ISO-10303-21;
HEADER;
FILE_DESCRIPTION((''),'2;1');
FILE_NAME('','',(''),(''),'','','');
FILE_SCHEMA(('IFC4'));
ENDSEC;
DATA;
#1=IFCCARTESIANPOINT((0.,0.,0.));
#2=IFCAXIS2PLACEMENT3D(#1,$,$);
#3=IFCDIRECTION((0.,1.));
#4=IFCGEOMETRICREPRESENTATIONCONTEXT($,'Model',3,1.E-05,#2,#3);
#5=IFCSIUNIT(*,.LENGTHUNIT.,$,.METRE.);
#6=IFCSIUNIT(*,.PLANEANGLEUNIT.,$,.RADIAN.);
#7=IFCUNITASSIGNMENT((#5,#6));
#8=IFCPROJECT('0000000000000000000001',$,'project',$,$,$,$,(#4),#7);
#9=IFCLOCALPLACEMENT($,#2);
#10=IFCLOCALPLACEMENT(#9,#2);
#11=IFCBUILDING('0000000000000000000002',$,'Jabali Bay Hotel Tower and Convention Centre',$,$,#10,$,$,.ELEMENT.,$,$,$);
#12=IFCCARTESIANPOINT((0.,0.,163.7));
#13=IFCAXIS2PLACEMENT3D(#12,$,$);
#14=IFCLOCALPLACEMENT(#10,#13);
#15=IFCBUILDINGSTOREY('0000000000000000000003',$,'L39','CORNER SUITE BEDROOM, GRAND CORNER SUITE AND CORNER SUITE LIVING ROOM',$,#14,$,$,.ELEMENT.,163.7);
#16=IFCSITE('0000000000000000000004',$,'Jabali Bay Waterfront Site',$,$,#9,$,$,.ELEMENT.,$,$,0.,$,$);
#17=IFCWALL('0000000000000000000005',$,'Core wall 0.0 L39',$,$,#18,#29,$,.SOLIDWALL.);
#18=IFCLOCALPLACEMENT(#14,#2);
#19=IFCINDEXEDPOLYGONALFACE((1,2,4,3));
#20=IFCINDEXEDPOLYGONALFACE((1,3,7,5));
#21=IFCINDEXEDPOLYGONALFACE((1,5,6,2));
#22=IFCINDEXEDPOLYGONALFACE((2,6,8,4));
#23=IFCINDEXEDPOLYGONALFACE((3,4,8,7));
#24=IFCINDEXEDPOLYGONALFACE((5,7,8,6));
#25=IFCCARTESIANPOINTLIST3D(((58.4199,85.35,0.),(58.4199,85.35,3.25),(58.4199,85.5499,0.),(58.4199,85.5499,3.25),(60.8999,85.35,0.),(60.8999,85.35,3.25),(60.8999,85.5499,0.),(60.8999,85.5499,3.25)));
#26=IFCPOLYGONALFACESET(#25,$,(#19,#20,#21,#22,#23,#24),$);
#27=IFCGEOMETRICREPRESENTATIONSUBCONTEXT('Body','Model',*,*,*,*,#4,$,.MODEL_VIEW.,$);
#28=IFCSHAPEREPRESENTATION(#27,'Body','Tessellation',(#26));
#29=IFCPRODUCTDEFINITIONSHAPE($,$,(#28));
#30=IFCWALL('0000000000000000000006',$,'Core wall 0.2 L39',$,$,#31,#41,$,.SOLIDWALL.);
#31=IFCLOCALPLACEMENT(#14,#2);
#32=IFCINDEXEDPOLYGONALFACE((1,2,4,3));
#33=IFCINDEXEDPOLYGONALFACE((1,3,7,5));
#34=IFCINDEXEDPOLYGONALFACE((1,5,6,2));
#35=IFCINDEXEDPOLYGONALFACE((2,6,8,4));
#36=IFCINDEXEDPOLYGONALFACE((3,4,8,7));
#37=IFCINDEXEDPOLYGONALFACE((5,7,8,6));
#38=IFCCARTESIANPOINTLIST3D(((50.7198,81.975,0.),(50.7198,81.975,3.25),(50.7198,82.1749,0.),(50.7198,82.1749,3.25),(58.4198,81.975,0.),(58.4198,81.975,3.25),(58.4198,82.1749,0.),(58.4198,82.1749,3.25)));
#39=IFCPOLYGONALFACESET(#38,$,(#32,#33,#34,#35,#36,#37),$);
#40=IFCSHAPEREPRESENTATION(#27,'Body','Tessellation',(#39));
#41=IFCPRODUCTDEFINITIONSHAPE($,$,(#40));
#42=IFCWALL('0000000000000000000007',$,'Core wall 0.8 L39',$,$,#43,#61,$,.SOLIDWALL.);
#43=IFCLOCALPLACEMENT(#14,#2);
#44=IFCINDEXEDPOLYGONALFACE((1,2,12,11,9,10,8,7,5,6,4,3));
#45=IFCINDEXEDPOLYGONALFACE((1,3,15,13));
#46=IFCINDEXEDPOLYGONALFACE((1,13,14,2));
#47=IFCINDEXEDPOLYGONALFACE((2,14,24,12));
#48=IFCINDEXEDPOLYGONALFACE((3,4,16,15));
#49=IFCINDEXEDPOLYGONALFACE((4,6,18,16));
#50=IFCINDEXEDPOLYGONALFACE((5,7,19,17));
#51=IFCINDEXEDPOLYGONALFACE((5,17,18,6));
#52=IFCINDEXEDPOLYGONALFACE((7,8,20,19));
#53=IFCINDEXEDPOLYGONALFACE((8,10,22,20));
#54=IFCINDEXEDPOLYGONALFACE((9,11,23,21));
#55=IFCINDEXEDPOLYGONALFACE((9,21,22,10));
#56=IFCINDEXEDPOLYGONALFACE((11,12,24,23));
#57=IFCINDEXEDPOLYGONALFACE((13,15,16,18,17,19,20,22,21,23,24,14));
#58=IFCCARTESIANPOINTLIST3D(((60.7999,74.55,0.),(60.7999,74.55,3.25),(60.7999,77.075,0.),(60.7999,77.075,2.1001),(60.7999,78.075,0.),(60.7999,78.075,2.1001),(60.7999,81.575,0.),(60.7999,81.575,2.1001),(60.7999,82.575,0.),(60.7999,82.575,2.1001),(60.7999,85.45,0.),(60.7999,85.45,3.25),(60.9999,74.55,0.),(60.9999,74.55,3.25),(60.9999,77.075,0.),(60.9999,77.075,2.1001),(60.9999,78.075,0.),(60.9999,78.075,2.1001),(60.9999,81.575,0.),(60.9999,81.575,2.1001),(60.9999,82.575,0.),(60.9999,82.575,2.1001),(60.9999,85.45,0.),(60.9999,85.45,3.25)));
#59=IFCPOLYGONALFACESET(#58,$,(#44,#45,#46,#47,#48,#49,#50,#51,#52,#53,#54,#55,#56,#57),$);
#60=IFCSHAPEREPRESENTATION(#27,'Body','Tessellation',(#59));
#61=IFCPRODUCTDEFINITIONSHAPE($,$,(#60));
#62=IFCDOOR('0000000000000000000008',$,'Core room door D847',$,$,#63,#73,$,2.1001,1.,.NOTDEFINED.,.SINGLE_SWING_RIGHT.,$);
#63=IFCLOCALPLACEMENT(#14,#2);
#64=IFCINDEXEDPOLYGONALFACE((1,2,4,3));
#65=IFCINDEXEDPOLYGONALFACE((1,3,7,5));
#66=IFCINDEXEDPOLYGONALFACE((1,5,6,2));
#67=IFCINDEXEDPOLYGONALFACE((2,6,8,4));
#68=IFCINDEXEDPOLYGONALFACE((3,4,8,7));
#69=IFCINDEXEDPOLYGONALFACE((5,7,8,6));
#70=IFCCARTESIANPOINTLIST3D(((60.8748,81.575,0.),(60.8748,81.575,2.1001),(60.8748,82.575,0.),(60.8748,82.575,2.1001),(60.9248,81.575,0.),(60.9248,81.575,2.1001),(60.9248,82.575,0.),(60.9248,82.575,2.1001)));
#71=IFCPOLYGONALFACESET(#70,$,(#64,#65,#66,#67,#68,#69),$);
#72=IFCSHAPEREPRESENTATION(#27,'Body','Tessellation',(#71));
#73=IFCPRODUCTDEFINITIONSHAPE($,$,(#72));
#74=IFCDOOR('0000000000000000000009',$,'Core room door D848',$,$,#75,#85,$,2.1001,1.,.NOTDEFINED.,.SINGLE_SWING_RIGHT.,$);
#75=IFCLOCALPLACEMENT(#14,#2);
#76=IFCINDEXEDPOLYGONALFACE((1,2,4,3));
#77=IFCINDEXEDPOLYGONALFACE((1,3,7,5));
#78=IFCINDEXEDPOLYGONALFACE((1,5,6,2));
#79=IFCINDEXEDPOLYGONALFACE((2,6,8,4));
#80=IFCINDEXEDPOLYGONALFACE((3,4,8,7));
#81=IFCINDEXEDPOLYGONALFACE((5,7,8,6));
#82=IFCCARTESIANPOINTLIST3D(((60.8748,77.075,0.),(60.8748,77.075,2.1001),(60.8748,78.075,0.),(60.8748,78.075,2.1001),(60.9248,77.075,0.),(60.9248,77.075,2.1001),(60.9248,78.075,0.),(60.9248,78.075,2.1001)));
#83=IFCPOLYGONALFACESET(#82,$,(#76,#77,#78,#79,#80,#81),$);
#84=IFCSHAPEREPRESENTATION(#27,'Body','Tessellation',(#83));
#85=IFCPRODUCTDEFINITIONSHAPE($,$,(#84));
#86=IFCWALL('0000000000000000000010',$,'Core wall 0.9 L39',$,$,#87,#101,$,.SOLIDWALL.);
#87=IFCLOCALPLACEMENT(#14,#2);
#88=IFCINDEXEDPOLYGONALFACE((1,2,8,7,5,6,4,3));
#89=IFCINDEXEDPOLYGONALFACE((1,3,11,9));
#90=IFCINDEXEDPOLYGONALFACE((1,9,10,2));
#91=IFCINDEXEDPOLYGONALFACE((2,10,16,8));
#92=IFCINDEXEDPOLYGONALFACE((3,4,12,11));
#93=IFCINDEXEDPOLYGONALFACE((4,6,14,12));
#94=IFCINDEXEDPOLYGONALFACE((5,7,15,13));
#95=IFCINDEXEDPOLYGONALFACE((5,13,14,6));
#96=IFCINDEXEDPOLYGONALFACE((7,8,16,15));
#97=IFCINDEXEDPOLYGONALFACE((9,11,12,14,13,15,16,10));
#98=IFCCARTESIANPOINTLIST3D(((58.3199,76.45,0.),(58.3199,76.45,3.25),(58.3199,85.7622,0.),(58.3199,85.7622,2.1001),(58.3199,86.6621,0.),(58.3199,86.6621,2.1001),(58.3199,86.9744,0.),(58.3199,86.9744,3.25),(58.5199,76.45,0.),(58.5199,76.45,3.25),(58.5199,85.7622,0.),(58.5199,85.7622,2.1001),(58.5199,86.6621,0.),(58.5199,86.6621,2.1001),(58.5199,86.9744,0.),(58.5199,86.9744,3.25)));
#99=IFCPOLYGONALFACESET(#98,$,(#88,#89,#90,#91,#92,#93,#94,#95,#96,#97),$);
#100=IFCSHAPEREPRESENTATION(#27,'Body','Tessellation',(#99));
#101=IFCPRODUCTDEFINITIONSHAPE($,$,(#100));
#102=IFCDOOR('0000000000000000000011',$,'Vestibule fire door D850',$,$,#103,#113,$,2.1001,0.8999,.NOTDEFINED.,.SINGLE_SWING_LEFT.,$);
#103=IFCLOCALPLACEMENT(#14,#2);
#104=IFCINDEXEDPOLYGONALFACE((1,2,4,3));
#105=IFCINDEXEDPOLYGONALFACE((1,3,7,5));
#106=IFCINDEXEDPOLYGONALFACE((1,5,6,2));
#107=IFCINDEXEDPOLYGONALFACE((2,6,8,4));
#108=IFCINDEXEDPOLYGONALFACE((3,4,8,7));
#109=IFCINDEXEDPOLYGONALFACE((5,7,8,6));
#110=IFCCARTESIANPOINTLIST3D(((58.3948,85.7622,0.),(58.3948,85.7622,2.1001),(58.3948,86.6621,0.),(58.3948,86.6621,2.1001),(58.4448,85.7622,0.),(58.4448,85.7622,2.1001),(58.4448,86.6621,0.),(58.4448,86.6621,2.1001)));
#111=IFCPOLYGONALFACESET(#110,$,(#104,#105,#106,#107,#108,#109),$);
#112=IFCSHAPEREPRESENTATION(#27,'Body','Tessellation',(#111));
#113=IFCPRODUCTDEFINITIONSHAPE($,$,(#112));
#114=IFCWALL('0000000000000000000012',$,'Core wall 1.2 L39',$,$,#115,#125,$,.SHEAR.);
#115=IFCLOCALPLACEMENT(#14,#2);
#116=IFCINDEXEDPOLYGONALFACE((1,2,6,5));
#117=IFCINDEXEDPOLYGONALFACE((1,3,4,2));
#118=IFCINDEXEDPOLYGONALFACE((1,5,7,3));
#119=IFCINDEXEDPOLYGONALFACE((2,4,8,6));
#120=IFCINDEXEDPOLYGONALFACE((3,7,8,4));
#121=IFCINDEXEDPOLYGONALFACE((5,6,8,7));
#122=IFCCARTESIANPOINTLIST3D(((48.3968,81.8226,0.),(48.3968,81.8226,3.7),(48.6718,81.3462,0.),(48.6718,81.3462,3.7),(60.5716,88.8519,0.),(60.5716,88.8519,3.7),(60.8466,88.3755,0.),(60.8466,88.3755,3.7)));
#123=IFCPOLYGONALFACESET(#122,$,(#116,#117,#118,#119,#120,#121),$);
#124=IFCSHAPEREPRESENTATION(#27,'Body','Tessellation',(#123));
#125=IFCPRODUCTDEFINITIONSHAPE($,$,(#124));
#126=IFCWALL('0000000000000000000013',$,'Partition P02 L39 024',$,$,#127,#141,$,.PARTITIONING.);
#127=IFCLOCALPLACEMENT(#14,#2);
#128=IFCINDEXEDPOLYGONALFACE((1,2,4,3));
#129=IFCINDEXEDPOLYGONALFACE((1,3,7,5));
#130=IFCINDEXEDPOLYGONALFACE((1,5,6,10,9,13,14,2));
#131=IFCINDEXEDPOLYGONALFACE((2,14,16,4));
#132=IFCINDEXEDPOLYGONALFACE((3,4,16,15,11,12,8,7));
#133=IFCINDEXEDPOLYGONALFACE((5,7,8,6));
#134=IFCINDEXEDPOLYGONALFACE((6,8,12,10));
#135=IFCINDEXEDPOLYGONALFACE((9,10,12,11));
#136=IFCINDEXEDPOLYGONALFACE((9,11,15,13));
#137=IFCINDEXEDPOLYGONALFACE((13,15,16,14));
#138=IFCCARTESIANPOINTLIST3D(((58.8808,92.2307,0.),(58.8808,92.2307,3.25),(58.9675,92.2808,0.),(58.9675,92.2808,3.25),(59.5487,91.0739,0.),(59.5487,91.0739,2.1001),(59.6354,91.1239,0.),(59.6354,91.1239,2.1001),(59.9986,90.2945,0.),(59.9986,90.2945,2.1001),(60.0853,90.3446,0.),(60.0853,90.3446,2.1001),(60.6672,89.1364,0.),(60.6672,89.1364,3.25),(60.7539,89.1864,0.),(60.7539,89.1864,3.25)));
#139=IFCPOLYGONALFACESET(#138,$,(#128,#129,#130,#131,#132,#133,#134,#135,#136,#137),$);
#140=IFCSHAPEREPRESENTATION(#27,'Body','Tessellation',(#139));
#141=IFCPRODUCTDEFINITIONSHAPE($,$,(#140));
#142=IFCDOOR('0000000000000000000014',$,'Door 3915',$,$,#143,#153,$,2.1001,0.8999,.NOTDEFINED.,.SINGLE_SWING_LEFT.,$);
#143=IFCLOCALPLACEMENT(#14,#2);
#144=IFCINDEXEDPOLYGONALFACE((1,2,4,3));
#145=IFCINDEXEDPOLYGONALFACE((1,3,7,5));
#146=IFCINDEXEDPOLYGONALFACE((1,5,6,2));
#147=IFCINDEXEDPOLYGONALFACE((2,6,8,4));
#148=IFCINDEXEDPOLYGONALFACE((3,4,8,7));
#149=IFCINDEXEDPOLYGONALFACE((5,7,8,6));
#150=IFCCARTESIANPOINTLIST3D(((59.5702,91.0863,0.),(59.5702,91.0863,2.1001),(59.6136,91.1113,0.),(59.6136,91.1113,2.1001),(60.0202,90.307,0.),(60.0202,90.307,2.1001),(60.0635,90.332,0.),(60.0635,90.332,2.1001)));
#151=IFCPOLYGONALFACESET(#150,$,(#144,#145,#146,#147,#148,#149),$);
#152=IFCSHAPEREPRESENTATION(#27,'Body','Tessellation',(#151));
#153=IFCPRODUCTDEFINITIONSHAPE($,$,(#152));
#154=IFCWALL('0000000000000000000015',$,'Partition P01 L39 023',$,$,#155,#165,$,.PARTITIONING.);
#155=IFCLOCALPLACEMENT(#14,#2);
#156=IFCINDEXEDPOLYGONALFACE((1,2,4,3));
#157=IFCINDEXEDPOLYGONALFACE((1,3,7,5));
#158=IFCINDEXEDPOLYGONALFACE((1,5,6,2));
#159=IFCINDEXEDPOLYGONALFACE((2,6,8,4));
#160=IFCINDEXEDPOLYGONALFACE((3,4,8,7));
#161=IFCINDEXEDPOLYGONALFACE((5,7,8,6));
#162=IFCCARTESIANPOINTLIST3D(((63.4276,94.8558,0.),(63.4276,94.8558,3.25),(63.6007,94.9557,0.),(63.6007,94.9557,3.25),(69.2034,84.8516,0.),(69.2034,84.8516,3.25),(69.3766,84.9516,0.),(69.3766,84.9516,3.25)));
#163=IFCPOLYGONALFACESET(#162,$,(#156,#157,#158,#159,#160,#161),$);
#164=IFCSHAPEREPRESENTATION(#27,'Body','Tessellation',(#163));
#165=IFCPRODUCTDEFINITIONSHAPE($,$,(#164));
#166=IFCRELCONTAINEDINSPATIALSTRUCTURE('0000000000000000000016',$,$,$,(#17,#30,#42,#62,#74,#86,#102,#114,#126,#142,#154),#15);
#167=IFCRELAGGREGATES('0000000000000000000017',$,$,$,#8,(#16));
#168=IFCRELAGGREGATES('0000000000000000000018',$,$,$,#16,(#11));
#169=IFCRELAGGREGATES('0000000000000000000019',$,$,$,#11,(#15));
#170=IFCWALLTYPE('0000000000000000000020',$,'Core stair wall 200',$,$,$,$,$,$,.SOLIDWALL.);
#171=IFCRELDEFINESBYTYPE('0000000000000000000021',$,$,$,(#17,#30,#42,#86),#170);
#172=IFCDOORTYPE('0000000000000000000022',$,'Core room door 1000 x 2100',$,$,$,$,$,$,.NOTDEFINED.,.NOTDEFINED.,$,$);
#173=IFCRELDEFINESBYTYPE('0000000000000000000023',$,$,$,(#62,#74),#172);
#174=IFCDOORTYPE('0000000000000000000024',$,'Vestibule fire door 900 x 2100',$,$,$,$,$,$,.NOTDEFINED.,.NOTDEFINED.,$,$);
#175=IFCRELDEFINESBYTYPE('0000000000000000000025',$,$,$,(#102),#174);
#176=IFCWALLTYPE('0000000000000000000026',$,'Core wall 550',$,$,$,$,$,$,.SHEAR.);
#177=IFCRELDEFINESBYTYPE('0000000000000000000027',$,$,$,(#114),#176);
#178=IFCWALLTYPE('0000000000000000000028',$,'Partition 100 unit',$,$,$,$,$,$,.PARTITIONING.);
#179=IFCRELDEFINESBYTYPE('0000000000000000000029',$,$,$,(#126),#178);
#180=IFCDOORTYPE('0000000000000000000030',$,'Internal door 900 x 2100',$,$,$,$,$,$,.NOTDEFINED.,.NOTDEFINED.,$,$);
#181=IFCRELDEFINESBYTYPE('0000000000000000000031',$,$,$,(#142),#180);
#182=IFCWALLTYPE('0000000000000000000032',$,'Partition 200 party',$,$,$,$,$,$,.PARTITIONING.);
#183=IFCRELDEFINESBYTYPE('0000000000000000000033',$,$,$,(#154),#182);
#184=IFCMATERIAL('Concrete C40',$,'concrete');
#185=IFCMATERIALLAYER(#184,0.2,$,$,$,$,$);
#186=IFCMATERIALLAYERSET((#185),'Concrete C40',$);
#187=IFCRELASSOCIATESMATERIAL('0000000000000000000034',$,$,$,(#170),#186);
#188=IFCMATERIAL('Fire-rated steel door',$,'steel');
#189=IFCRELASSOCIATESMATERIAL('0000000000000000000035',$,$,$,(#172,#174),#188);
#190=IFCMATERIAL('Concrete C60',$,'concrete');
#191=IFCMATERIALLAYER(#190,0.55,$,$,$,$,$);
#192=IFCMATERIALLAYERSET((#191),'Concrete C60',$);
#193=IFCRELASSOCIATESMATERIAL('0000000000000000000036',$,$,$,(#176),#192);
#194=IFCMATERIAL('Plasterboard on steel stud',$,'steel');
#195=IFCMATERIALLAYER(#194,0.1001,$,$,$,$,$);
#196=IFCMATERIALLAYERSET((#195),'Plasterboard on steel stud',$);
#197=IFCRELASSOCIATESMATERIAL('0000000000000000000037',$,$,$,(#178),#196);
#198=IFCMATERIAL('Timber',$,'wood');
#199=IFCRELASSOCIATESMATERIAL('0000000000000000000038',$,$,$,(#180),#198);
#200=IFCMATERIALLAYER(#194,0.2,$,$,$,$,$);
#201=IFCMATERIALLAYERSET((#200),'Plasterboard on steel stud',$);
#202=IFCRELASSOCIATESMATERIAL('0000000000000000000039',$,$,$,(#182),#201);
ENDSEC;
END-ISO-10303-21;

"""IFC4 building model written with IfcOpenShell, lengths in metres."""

from ifc_helpers import new_model, si_unit, direction, frame, frame_2d, origin, place, context, subcontext, project, spatial, rectangle, extrude, material, layer, layer_set, type_object, element, fill, save


model = new_model("IFC4")

# Units and contexts
model_context = context("Model", 3, precision=1e-05, world=origin(), true_north=direction((0.0, 1.0)))
body_context = subcontext(model_context, "Body", "Model", "MODEL_VIEW")
ifc_project = project(units=[si_unit("LENGTHUNIT", "METRE"), si_unit("PLANEANGLEUNIT", "RADIAN")], contexts=[model_context])

# Site, building, storey
site_placement = place(None, origin())
site = spatial("IfcSite", under=ifc_project, at=site_placement, Name="Jabali Bay Waterfront Site", CompositionType="ELEMENT", RefElevation=0.0)
building_placement = place(site_placement, origin())
building = spatial("IfcBuilding", under=site, at=building_placement, Name="Jabali Bay Hotel Tower and Convention Centre", CompositionType="ELEMENT")
storey_placement = place(building_placement, frame((0.0, 0.0, 163.7)))
storey = spatial("IfcBuildingStorey", under=building, at=storey_placement, Name="L39", Description="CORNER SUITE BEDROOM, GRAND CORNER SUITE AND CORNER SUITE LIVING ROOM", CompositionType="ELEMENT", Elevation=163.7)

# Walls
ifc_material_1 = material(Name="Concrete C40", Category="concrete")
ifc_layer_1 = layer(ifc_material_1, 0.2)
ifc_layer_set_1 = layer_set([ifc_layer_1], Name="Concrete C40")
wall_type_1 = type_object("IfcWallType", Name="Core stair wall 200", PredefinedType="SOLIDWALL", material=ifc_layer_set_1)
wall_1_placement = place(storey_placement, frame((60.8999, 85.45, 0.0), z_axis=(0.0, 0.0, 1.0), x_axis=(-1.0, 0.0, 0.0)))
element("IfcWall", 1, at=wall_1_placement, inside=storey, type_object=wall_type_1, Name="Core wall 0.0 L39", PredefinedType="SOLIDWALL", context=body_context, shape_type="SweptSolid", body=[
    extrude(rectangle(XDim=2.48, YDim=0.2, at=frame_2d((1.24, 0.0))), origin(), (0.0, 0.0, 1.0), 3.25),
])
wall_2_placement = place(storey_placement, frame((58.4199, 82.075, 0.0), z_axis=(0.0, 0.0, 1.0), x_axis=(-1.0, 0.0, 0.0)))
element("IfcWall", 2, at=wall_2_placement, inside=storey, type_object=wall_type_1, Name="Core wall 0.2 L39", PredefinedType="SOLIDWALL", context=body_context, shape_type="SweptSolid", body=[
    extrude(rectangle(XDim=7.7, YDim=0.2, at=frame_2d((3.8501, 0.0))), origin(), (0.0, 0.0, 1.0), 3.25),
])

# Wall, openings, doors
wall_3_placement = place(storey_placement, frame((60.8999, 85.45, 0.0), z_axis=(0.0, 0.0, 1.0), x_axis=(0.0, -1.0, 0.0)))
wall_3 = element("IfcWall", 3, at=wall_3_placement, inside=storey, type_object=wall_type_1, Name="Core wall 0.8 L39", PredefinedType="SOLIDWALL", context=body_context, shape_type="SweptSolid", body=[
    extrude(rectangle(XDim=10.8999, YDim=0.2, at=frame_2d((5.45, 0.0))), origin(), (0.0, 0.0, 1.0), 3.25),
])
opening_1_placement = place(wall_3_placement, frame((2.875, 0.0, 0.0)))
opening_1 = element("IfcOpeningElement", 4, at=opening_1_placement, cuts=wall_3, PredefinedType="OPENING", context=body_context, shape_type="SweptSolid", body=[
    extrude(rectangle(XDim=1.0, YDim=2.1001, at=frame_2d((0.5, 1.05))), frame((0.0, 0.1104, 0.0), z_axis=(0.0, -1.0, 0.0), x_axis=(1.0, 0.0, 0.0)), (0.0, 0.0, 1.0), 0.2209),
])
opening_2_placement = place(wall_3_placement, frame((7.375, 0.0, 0.0)))
opening_2 = element("IfcOpeningElement", 5, at=opening_2_placement, cuts=wall_3, PredefinedType="OPENING", context=body_context, shape_type="SweptSolid", body=[
    extrude(rectangle(XDim=1.0, YDim=2.1001, at=frame_2d((0.5, 1.05))), frame((0.0, 0.1104, 0.0), z_axis=(0.0, -1.0, 0.0), x_axis=(1.0, 0.0, 0.0)), (0.0, 0.0, 1.0), 0.2209),
])
ifc_material_2 = material(Name="Fire-rated steel door", Category="steel")
door_type_1 = type_object("IfcDoorType", Name="Core room door 1000 x 2100", OperationType="NOTDEFINED", PredefinedType="NOTDEFINED", material=ifc_material_2)
door_1_placement = place(opening_1_placement, origin())
door_1 = element("IfcDoor", 6, at=door_1_placement, inside=storey, type_object=door_type_1, Name="Core room door D847", OperationType="SINGLE_SWING_RIGHT", OverallHeight=2.1001, OverallWidth=1.0, PredefinedType="NOTDEFINED", context=body_context, shape_type="SweptSolid", body=[
    extrude(rectangle(XDim=1.0, YDim=2.1001, at=frame_2d((0.5, 1.05))), frame((0.0, 0.0249, 0.0), z_axis=(0.0, -1.0, 0.0), x_axis=(1.0, 0.0, 0.0)), (0.0, 0.0, 1.0), 0.05),
])
fill(opening_1, door_1)
door_2_placement = place(opening_2_placement, origin())
door_2 = element("IfcDoor", 7, at=door_2_placement, inside=storey, type_object=door_type_1, Name="Core room door D848", OperationType="SINGLE_SWING_RIGHT", OverallHeight=2.1001, OverallWidth=1.0, PredefinedType="NOTDEFINED", context=body_context, shape_type="SweptSolid", body=[
    extrude(rectangle(XDim=1.0, YDim=2.1001, at=frame_2d((0.5, 1.05))), frame((0.0, 0.0249, 0.0), z_axis=(0.0, -1.0, 0.0), x_axis=(1.0, 0.0, 0.0)), (0.0, 0.0, 1.0), 0.05),
])
fill(opening_2, door_2)

# Wall, opening, door
wall_4_placement = place(storey_placement, frame((58.4199, 86.9744, 0.0), z_axis=(0.0, 0.0, 1.0), x_axis=(0.0, -1.0, 0.0)))
wall_4 = element("IfcWall", 8, at=wall_4_placement, inside=storey, type_object=wall_type_1, Name="Core wall 0.9 L39", PredefinedType="SOLIDWALL", context=body_context, shape_type="SweptSolid", body=[
    extrude(rectangle(XDim=10.5244, YDim=0.2, at=frame_2d((5.2622, 0.0))), origin(), (0.0, 0.0, 1.0), 3.25),
])
opening_3_placement = place(wall_4_placement, frame((0.3123, 0.0, 0.0)))
opening_3 = element("IfcOpeningElement", 9, at=opening_3_placement, cuts=wall_4, PredefinedType="OPENING", context=body_context, shape_type="SweptSolid", body=[
    extrude(rectangle(XDim=0.8999, YDim=2.1001, at=frame_2d((0.45, 1.05))), frame((0.0, 0.1104, 0.0), z_axis=(0.0, -1.0, 0.0), x_axis=(1.0, 0.0, 0.0)), (0.0, 0.0, 1.0), 0.2209),
])
door_type_2 = type_object("IfcDoorType", Name="Vestibule fire door 900 x 2100", OperationType="NOTDEFINED", PredefinedType="NOTDEFINED", material=ifc_material_2)
door_3_placement = place(opening_3_placement, origin())
door_3 = element("IfcDoor", 10, at=door_3_placement, inside=storey, type_object=door_type_2, Name="Vestibule fire door D850", OperationType="SINGLE_SWING_LEFT", OverallHeight=2.1001, OverallWidth=0.8999, PredefinedType="NOTDEFINED", context=body_context, shape_type="SweptSolid", body=[
    extrude(rectangle(XDim=0.8999, YDim=2.1001, at=frame_2d((0.45, 1.05))), frame((0.0, 0.0249, 0.0), z_axis=(0.0, -1.0, 0.0), x_axis=(1.0, 0.0, 0.0)), (0.0, 0.0, 1.0), 0.05),
])
fill(opening_3, door_3)

# Wall
ifc_material_3 = material(Name="Concrete C60", Category="concrete")
ifc_layer_2 = layer(ifc_material_3, 0.55)
ifc_layer_set_2 = layer_set([ifc_layer_2], Name="Concrete C60")
wall_type_2 = type_object("IfcWallType", Name="Core wall 550", PredefinedType="SHEAR", material=ifc_layer_set_2)
wall_5_placement = place(storey_placement, frame((60.7092, 88.6138, 0.0), z_axis=(0.0, 0.0, 1.0), x_axis=(-0.86602, -0.500009, 0.0)))
element("IfcWall", 11, at=wall_5_placement, inside=storey, type_object=wall_type_2, Name="Core wall 1.2 L39", PredefinedType="SHEAR", context=body_context, shape_type="SweptSolid", body=[
    extrude(rectangle(XDim=14.0583, YDim=0.55, at=frame_2d((7.0293, 0.0))), origin(), (0.0, 0.0, 1.0), 3.7),
])

# Wall, opening, door
ifc_material_4 = material(Name="Plasterboard on steel stud", Category="steel")
ifc_layer_3 = layer(ifc_material_4, 0.1001)
ifc_layer_set_3 = layer_set([ifc_layer_3], Name="Plasterboard on steel stud")
wall_type_3 = type_object("IfcWallType", Name="Partition 100 unit", PredefinedType="PARTITIONING", material=ifc_layer_set_3)
wall_6_placement = place(storey_placement, frame((58.9241, 92.2559, 0.0), z_axis=(0.0, 0.0, 1.0), x_axis=(0.499983, -0.866035, 0.0)))
wall_6 = element("IfcWall", 12, at=wall_6_placement, inside=storey, type_object=wall_type_3, Name="Partition P02 L39 024", PredefinedType="PARTITIONING", context=body_context, shape_type="SweptSolid", body=[
    extrude(rectangle(XDim=3.573, YDim=0.1001, at=frame_2d((1.7866, 0.0))), origin(), (0.0, 0.0, 1.0), 3.25),
])
opening_4_placement = place(wall_6_placement, frame((1.3359, 0.0, 0.0)))
opening_4 = element("IfcOpeningElement", 13, at=opening_4_placement, cuts=wall_6, PredefinedType="OPENING", context=body_context, shape_type="SweptSolid", body=[
    extrude(rectangle(XDim=0.8999, YDim=2.1001, at=frame_2d((0.45, 1.05))), frame((0.0, 0.0605, 0.0), z_axis=(0.0, -1.0, 0.0), x_axis=(1.0, 0.0, 0.0)), (0.0, 0.0, 1.0), 0.1211),
])
ifc_material_5 = material(Name="Timber", Category="wood")
door_type_3 = type_object("IfcDoorType", Name="Internal door 900 x 2100", OperationType="NOTDEFINED", PredefinedType="NOTDEFINED", material=ifc_material_5)
door_4_placement = place(opening_4_placement, origin())
door_4 = element("IfcDoor", 14, at=door_4_placement, inside=storey, type_object=door_type_3, Name="Door 3915", OperationType="SINGLE_SWING_LEFT", OverallHeight=2.1001, OverallWidth=0.8999, PredefinedType="NOTDEFINED", context=body_context, shape_type="SweptSolid", body=[
    extrude(rectangle(XDim=0.8999, YDim=2.1001, at=frame_2d((0.45, 1.05))), frame((0.0, 0.0249, 0.0), z_axis=(0.0, -1.0, 0.0), x_axis=(1.0, 0.0, 0.0)), (0.0, 0.0, 1.0), 0.05),
])
fill(opening_4, door_4)

# Wall
ifc_layer_4 = layer(ifc_material_4, 0.2)
ifc_layer_set_4 = layer_set([ifc_layer_4], Name="Plasterboard on steel stud")
wall_type_4 = type_object("IfcWallType", Name="Partition 200 party", PredefinedType="PARTITIONING", material=ifc_layer_set_4)
wall_7_placement = place(storey_placement, frame((63.5142, 94.9058, 0.0), z_axis=(0.0, 0.0, 1.0), x_axis=(0.499999, -0.866026, 0.0)))
element("IfcWall", 15, at=wall_7_placement, inside=storey, type_object=wall_type_4, Name="Partition P01 L39 023", PredefinedType="PARTITIONING", context=body_context, shape_type="SweptSolid", body=[
    extrude(rectangle(XDim=11.5518, YDim=0.2, at=frame_2d((5.7759, 0.0))), origin(), (0.0, 0.0, 1.0), 3.25),
])

save(model, "model.ifc")
